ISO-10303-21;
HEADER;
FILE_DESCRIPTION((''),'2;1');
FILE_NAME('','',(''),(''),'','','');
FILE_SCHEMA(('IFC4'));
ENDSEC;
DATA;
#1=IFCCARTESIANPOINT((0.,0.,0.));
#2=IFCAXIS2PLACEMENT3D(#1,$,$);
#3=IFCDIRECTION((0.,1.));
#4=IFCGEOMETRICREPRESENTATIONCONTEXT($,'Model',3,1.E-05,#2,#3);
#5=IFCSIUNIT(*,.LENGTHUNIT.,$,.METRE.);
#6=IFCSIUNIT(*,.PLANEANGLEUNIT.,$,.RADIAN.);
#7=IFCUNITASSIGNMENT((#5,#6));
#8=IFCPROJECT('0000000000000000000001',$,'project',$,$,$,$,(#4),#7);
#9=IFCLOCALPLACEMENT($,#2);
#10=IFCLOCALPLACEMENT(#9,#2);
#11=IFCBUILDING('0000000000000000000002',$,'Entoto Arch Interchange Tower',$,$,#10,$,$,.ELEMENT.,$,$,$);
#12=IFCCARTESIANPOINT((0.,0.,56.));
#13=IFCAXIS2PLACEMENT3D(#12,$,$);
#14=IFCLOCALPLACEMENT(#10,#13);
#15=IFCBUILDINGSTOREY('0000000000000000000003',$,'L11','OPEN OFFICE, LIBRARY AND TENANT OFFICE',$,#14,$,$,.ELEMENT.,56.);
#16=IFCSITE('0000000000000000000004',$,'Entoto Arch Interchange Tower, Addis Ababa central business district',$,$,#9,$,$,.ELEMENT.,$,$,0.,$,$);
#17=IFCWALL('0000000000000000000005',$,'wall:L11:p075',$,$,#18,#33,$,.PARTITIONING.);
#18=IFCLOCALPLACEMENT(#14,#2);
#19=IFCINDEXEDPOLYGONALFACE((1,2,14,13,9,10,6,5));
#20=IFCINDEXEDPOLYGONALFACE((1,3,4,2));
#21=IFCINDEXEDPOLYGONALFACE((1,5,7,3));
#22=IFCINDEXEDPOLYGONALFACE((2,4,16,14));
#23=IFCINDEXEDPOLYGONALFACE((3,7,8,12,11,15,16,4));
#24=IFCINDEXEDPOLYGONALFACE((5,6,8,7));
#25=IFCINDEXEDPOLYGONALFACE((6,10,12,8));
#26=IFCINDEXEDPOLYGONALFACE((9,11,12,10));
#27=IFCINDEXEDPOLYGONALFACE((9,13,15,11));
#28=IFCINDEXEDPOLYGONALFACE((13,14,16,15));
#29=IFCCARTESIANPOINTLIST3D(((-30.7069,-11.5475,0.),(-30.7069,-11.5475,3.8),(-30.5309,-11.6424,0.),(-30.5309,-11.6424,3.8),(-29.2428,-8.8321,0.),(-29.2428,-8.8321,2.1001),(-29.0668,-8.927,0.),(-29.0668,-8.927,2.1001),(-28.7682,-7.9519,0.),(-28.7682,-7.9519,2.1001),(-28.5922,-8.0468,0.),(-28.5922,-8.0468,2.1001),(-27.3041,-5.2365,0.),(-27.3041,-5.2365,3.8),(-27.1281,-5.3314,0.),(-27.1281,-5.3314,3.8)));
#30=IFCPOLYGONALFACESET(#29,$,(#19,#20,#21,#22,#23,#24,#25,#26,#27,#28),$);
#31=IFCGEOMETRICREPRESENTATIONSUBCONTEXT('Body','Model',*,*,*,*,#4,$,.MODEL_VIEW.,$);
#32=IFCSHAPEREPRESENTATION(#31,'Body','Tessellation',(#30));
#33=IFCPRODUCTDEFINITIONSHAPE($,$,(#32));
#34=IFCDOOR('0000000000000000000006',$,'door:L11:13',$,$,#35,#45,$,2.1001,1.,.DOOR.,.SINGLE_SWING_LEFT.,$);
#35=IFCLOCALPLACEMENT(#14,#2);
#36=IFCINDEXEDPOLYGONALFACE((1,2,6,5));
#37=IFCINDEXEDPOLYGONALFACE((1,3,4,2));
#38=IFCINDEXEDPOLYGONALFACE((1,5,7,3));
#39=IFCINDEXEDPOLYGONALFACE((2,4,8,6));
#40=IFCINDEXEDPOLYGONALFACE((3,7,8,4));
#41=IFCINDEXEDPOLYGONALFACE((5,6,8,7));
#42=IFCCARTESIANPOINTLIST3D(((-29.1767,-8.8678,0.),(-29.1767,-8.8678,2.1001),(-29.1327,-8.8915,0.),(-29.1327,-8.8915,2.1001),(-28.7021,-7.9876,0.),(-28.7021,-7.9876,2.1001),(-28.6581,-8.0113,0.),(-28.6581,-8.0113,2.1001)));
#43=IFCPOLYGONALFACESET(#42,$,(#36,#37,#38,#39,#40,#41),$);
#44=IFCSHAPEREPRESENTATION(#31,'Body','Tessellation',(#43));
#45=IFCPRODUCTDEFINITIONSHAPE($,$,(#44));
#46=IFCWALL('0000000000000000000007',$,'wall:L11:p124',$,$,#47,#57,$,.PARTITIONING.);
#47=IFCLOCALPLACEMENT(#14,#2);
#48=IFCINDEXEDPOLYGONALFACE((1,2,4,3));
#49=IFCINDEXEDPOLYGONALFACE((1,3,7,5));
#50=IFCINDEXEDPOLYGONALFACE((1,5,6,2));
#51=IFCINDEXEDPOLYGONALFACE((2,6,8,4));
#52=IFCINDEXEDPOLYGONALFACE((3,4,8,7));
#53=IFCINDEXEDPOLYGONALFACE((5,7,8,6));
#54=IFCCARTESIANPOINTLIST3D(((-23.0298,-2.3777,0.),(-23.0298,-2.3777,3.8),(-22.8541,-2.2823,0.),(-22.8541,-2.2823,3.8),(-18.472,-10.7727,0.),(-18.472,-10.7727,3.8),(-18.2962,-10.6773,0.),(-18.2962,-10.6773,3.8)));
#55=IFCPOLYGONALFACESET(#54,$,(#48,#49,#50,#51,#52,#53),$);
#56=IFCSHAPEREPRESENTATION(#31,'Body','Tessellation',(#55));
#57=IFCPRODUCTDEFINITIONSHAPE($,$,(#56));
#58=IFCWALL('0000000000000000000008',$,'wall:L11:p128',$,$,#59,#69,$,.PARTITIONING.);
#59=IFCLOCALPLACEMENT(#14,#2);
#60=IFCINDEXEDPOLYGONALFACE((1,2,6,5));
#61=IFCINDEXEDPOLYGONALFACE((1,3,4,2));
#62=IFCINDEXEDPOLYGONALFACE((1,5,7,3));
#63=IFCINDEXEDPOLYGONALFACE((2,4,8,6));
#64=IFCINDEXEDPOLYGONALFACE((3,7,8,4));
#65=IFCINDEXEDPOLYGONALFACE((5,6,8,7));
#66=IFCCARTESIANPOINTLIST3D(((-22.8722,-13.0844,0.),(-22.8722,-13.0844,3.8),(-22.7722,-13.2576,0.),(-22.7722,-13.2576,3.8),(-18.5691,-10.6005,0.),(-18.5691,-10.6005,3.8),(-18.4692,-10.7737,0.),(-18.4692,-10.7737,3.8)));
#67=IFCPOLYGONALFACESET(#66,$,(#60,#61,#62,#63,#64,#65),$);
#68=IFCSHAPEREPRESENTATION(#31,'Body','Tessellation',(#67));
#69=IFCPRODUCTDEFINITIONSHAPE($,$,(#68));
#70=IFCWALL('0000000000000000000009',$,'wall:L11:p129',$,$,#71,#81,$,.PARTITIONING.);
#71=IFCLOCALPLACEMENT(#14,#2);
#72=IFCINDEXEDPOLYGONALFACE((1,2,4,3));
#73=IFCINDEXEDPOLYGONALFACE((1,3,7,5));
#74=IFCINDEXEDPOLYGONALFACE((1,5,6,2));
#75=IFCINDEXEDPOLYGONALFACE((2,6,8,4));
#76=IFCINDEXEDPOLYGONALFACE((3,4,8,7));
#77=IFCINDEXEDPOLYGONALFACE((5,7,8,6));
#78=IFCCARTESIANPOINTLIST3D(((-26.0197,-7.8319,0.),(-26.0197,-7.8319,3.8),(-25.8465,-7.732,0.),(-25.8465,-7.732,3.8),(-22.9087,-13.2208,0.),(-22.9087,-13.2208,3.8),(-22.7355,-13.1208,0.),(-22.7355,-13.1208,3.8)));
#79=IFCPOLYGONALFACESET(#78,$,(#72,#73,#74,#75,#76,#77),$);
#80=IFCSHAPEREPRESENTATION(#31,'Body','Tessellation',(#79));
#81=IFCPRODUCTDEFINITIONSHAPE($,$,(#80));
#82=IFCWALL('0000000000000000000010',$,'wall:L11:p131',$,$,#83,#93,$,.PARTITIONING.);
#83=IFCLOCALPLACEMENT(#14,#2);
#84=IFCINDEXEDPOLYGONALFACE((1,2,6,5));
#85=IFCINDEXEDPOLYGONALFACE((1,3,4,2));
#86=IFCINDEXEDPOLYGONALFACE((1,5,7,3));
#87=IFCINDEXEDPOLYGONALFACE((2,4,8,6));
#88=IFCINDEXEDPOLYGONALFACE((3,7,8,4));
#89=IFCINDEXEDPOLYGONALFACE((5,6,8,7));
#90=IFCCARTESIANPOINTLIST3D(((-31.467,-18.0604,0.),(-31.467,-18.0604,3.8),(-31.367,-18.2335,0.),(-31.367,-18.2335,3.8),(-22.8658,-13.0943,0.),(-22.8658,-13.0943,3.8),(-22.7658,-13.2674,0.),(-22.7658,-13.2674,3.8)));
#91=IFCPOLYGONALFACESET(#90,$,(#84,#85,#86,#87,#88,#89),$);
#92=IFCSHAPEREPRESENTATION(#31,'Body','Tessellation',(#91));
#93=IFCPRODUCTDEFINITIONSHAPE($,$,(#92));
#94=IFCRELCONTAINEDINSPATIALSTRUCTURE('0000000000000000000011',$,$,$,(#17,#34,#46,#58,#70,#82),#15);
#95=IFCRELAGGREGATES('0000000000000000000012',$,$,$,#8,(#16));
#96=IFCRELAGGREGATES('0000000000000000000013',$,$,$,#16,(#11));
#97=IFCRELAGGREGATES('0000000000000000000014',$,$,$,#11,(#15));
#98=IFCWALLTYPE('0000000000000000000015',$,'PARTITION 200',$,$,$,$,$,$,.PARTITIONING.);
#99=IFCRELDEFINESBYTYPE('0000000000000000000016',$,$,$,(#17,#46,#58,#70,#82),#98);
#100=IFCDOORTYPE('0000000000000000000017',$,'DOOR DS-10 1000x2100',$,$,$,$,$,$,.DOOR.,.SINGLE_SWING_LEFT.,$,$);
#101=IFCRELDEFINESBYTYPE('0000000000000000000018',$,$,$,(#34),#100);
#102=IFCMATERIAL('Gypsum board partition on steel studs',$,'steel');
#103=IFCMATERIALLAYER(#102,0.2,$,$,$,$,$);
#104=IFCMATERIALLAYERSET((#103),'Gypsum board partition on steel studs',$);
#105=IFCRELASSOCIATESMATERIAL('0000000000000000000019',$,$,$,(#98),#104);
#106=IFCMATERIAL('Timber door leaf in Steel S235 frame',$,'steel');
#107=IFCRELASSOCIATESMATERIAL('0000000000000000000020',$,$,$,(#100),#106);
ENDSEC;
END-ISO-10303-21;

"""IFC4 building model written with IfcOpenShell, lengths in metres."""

from ifc_helpers import new_model, si_unit, direction, frame, frame_2d, origin, place, context, subcontext, project, spatial, rectangle, extrude, material, layer, layer_set, type_object, element, fill, save


model = new_model("IFC4")

# Units and contexts
model_context = context("Model", 3, precision=1e-05, world=origin(), true_north=direction((0.0, 1.0)))
body_context = subcontext(model_context, "Body", "Model", "MODEL_VIEW")
ifc_project = project(units=[si_unit("LENGTHUNIT", "METRE"), si_unit("PLANEANGLEUNIT", "RADIAN")], contexts=[model_context])

# Site, building, storey
site_placement = place(None, origin())
site = spatial("IfcSite", under=ifc_project, at=site_placement, Name="Entoto Arch Interchange Tower, Addis Ababa central business district", CompositionType="ELEMENT", RefElevation=0.0)
building_placement = place(site_placement, origin())
building = spatial("IfcBuilding", under=site, at=building_placement, Name="Entoto Arch Interchange Tower", CompositionType="ELEMENT")
storey_placement = place(building_placement, frame((0.0, 0.0, 56.0)))
storey = spatial("IfcBuildingStorey", under=building, at=storey_placement, Name="L11", Description="OPEN OFFICE, LIBRARY AND TENANT OFFICE", CompositionType="ELEMENT", Elevation=56.0)

# Shared definitions
ifc_material_1 = material(Name="Gypsum board partition on steel studs", Category="steel")
ifc_layer_1 = layer(ifc_material_1, 0.2)
ifc_layer_set_1 = layer_set([ifc_layer_1], Name="Gypsum board partition on steel studs")
wall_type_1 = type_object("IfcWallType", Name="PARTITION 200", PredefinedType="PARTITIONING", material=ifc_layer_set_1)

# Shared definitions
ifc_material_2 = material(Name="Timber door leaf in Steel S235 frame", Category="steel")
door_type = type_object("IfcDoorType", Name="DOOR DS-10 1000x2100", OperationType="SINGLE_SWING_LEFT", PredefinedType="DOOR", material=ifc_material_2)

# Wall, opening, door
wall_1_placement = place(storey_placement, frame((-30.6189, -11.595, 0.0), z_axis=(0.0, 0.0, 1.0), x_axis=(0.474595, 0.880204, 0.0)))
wall_1 = element("IfcWall", 1, at=wall_1_placement, inside=storey, type_object=wall_type_1, Name="wall:L11:p075", PredefinedType="PARTITIONING", context=body_context, shape_type="SweptSolid", body=[
    extrude(rectangle(XDim=7.1699, YDim=0.2, at=frame_2d((3.585, 0.0))), origin(), (0.0, 0.0, 1.0), 3.8),
])
opening_1_placement = place(wall_1_placement, frame((3.085, 0.0, 0.0)))
opening_1 = element("IfcOpeningElement", 2, at=opening_1_placement, cuts=wall_1, PredefinedType="OPENING", context=body_context, shape_type="SweptSolid", body=[
    extrude(rectangle(XDim=1.0, YDim=2.1001, at=frame_2d((0.5, 1.05))), frame((0.0, 0.1099, 0.0), z_axis=(0.0, -1.0, 0.0), x_axis=(1.0, 0.0, 0.0)), (0.0, 0.0, 1.0), 0.22),
])
door_1_placement = place(opening_1_placement, origin())
door_1 = element("IfcDoor", 3, at=door_1_placement, inside=storey, type_object=door_type, Name="door:L11:13", OperationType="SINGLE_SWING_LEFT", OverallHeight=2.1001, OverallWidth=1.0, PredefinedType="DOOR", context=body_context, shape_type="SweptSolid", body=[
    extrude(rectangle(XDim=1.0, YDim=2.1001, at=frame_2d((0.5, 1.05))), frame((0.0, 0.0249, 0.0), z_axis=(0.0, -1.0, 0.0), x_axis=(1.0, 0.0, 0.0)), (0.0, 0.0, 1.0), 0.05),
])
fill(opening_1, door_1)

# Walls
wall_2_placement = place(storey_placement, frame((-18.384, -10.7251, 0.0), z_axis=(0.0, 0.0, 1.0), x_axis=(-0.477138, 0.878829, 0.0)))
element("IfcWall", 4, at=wall_2_placement, inside=storey, type_object=wall_type_1, Name="wall:L11:p124", PredefinedType="PARTITIONING", context=body_context, shape_type="SweptSolid", body=[
    extrude(rectangle(XDim=9.5525, YDim=0.2, at=frame_2d((4.7764, 0.0))), origin(), (0.0, 0.0, 1.0), 3.8),
])
wall_3_placement = place(storey_placement, frame((-18.519, -10.687, 0.0), z_axis=(0.0, 0.0, 1.0), x_axis=(-0.866064, -0.499934, 0.0)))
element("IfcWall", 5, at=wall_3_placement, inside=storey, type_object=wall_type_1, Name="wall:L11:p128", PredefinedType="PARTITIONING", context=body_context, shape_type="SweptSolid", body=[
    extrude(rectangle(XDim=4.9685, YDim=0.2, at=frame_2d((2.4844, 0.0))), origin(), (0.0, 0.0, 1.0), 3.8),
])
wall_4_placement = place(storey_placement, frame((-22.822, -13.1709, 0.0), z_axis=(0.0, 0.0, 1.0), x_axis=(-0.499975, 0.86604, 0.0)))
element("IfcWall", 6, at=wall_4_placement, inside=storey, type_object=wall_type_1, Name="wall:L11:p129", PredefinedType="PARTITIONING", context=body_context, shape_type="SweptSolid", body=[
    extrude(rectangle(XDim=6.2224, YDim=0.2, at=frame_2d((3.1113, 0.0))), origin(), (0.0, 0.0, 1.0), 3.8),
])
wall_5_placement = place(storey_placement, frame((-22.8159, -13.1809, 0.0), z_axis=(0.0, 0.0, 1.0), x_axis=(-0.866015, -0.500018, 0.0)))
element("IfcWall", 7, at=wall_5_placement, inside=storey, type_object=wall_type_1, Name="wall:L11:p131", PredefinedType="PARTITIONING", context=body_context, shape_type="SweptSolid", body=[
    extrude(rectangle(XDim=9.9319, YDim=0.2, at=frame_2d((4.9658, 0.0))), origin(), (0.0, 0.0, 1.0), 3.8),
])

save(model, "model.ifc")
